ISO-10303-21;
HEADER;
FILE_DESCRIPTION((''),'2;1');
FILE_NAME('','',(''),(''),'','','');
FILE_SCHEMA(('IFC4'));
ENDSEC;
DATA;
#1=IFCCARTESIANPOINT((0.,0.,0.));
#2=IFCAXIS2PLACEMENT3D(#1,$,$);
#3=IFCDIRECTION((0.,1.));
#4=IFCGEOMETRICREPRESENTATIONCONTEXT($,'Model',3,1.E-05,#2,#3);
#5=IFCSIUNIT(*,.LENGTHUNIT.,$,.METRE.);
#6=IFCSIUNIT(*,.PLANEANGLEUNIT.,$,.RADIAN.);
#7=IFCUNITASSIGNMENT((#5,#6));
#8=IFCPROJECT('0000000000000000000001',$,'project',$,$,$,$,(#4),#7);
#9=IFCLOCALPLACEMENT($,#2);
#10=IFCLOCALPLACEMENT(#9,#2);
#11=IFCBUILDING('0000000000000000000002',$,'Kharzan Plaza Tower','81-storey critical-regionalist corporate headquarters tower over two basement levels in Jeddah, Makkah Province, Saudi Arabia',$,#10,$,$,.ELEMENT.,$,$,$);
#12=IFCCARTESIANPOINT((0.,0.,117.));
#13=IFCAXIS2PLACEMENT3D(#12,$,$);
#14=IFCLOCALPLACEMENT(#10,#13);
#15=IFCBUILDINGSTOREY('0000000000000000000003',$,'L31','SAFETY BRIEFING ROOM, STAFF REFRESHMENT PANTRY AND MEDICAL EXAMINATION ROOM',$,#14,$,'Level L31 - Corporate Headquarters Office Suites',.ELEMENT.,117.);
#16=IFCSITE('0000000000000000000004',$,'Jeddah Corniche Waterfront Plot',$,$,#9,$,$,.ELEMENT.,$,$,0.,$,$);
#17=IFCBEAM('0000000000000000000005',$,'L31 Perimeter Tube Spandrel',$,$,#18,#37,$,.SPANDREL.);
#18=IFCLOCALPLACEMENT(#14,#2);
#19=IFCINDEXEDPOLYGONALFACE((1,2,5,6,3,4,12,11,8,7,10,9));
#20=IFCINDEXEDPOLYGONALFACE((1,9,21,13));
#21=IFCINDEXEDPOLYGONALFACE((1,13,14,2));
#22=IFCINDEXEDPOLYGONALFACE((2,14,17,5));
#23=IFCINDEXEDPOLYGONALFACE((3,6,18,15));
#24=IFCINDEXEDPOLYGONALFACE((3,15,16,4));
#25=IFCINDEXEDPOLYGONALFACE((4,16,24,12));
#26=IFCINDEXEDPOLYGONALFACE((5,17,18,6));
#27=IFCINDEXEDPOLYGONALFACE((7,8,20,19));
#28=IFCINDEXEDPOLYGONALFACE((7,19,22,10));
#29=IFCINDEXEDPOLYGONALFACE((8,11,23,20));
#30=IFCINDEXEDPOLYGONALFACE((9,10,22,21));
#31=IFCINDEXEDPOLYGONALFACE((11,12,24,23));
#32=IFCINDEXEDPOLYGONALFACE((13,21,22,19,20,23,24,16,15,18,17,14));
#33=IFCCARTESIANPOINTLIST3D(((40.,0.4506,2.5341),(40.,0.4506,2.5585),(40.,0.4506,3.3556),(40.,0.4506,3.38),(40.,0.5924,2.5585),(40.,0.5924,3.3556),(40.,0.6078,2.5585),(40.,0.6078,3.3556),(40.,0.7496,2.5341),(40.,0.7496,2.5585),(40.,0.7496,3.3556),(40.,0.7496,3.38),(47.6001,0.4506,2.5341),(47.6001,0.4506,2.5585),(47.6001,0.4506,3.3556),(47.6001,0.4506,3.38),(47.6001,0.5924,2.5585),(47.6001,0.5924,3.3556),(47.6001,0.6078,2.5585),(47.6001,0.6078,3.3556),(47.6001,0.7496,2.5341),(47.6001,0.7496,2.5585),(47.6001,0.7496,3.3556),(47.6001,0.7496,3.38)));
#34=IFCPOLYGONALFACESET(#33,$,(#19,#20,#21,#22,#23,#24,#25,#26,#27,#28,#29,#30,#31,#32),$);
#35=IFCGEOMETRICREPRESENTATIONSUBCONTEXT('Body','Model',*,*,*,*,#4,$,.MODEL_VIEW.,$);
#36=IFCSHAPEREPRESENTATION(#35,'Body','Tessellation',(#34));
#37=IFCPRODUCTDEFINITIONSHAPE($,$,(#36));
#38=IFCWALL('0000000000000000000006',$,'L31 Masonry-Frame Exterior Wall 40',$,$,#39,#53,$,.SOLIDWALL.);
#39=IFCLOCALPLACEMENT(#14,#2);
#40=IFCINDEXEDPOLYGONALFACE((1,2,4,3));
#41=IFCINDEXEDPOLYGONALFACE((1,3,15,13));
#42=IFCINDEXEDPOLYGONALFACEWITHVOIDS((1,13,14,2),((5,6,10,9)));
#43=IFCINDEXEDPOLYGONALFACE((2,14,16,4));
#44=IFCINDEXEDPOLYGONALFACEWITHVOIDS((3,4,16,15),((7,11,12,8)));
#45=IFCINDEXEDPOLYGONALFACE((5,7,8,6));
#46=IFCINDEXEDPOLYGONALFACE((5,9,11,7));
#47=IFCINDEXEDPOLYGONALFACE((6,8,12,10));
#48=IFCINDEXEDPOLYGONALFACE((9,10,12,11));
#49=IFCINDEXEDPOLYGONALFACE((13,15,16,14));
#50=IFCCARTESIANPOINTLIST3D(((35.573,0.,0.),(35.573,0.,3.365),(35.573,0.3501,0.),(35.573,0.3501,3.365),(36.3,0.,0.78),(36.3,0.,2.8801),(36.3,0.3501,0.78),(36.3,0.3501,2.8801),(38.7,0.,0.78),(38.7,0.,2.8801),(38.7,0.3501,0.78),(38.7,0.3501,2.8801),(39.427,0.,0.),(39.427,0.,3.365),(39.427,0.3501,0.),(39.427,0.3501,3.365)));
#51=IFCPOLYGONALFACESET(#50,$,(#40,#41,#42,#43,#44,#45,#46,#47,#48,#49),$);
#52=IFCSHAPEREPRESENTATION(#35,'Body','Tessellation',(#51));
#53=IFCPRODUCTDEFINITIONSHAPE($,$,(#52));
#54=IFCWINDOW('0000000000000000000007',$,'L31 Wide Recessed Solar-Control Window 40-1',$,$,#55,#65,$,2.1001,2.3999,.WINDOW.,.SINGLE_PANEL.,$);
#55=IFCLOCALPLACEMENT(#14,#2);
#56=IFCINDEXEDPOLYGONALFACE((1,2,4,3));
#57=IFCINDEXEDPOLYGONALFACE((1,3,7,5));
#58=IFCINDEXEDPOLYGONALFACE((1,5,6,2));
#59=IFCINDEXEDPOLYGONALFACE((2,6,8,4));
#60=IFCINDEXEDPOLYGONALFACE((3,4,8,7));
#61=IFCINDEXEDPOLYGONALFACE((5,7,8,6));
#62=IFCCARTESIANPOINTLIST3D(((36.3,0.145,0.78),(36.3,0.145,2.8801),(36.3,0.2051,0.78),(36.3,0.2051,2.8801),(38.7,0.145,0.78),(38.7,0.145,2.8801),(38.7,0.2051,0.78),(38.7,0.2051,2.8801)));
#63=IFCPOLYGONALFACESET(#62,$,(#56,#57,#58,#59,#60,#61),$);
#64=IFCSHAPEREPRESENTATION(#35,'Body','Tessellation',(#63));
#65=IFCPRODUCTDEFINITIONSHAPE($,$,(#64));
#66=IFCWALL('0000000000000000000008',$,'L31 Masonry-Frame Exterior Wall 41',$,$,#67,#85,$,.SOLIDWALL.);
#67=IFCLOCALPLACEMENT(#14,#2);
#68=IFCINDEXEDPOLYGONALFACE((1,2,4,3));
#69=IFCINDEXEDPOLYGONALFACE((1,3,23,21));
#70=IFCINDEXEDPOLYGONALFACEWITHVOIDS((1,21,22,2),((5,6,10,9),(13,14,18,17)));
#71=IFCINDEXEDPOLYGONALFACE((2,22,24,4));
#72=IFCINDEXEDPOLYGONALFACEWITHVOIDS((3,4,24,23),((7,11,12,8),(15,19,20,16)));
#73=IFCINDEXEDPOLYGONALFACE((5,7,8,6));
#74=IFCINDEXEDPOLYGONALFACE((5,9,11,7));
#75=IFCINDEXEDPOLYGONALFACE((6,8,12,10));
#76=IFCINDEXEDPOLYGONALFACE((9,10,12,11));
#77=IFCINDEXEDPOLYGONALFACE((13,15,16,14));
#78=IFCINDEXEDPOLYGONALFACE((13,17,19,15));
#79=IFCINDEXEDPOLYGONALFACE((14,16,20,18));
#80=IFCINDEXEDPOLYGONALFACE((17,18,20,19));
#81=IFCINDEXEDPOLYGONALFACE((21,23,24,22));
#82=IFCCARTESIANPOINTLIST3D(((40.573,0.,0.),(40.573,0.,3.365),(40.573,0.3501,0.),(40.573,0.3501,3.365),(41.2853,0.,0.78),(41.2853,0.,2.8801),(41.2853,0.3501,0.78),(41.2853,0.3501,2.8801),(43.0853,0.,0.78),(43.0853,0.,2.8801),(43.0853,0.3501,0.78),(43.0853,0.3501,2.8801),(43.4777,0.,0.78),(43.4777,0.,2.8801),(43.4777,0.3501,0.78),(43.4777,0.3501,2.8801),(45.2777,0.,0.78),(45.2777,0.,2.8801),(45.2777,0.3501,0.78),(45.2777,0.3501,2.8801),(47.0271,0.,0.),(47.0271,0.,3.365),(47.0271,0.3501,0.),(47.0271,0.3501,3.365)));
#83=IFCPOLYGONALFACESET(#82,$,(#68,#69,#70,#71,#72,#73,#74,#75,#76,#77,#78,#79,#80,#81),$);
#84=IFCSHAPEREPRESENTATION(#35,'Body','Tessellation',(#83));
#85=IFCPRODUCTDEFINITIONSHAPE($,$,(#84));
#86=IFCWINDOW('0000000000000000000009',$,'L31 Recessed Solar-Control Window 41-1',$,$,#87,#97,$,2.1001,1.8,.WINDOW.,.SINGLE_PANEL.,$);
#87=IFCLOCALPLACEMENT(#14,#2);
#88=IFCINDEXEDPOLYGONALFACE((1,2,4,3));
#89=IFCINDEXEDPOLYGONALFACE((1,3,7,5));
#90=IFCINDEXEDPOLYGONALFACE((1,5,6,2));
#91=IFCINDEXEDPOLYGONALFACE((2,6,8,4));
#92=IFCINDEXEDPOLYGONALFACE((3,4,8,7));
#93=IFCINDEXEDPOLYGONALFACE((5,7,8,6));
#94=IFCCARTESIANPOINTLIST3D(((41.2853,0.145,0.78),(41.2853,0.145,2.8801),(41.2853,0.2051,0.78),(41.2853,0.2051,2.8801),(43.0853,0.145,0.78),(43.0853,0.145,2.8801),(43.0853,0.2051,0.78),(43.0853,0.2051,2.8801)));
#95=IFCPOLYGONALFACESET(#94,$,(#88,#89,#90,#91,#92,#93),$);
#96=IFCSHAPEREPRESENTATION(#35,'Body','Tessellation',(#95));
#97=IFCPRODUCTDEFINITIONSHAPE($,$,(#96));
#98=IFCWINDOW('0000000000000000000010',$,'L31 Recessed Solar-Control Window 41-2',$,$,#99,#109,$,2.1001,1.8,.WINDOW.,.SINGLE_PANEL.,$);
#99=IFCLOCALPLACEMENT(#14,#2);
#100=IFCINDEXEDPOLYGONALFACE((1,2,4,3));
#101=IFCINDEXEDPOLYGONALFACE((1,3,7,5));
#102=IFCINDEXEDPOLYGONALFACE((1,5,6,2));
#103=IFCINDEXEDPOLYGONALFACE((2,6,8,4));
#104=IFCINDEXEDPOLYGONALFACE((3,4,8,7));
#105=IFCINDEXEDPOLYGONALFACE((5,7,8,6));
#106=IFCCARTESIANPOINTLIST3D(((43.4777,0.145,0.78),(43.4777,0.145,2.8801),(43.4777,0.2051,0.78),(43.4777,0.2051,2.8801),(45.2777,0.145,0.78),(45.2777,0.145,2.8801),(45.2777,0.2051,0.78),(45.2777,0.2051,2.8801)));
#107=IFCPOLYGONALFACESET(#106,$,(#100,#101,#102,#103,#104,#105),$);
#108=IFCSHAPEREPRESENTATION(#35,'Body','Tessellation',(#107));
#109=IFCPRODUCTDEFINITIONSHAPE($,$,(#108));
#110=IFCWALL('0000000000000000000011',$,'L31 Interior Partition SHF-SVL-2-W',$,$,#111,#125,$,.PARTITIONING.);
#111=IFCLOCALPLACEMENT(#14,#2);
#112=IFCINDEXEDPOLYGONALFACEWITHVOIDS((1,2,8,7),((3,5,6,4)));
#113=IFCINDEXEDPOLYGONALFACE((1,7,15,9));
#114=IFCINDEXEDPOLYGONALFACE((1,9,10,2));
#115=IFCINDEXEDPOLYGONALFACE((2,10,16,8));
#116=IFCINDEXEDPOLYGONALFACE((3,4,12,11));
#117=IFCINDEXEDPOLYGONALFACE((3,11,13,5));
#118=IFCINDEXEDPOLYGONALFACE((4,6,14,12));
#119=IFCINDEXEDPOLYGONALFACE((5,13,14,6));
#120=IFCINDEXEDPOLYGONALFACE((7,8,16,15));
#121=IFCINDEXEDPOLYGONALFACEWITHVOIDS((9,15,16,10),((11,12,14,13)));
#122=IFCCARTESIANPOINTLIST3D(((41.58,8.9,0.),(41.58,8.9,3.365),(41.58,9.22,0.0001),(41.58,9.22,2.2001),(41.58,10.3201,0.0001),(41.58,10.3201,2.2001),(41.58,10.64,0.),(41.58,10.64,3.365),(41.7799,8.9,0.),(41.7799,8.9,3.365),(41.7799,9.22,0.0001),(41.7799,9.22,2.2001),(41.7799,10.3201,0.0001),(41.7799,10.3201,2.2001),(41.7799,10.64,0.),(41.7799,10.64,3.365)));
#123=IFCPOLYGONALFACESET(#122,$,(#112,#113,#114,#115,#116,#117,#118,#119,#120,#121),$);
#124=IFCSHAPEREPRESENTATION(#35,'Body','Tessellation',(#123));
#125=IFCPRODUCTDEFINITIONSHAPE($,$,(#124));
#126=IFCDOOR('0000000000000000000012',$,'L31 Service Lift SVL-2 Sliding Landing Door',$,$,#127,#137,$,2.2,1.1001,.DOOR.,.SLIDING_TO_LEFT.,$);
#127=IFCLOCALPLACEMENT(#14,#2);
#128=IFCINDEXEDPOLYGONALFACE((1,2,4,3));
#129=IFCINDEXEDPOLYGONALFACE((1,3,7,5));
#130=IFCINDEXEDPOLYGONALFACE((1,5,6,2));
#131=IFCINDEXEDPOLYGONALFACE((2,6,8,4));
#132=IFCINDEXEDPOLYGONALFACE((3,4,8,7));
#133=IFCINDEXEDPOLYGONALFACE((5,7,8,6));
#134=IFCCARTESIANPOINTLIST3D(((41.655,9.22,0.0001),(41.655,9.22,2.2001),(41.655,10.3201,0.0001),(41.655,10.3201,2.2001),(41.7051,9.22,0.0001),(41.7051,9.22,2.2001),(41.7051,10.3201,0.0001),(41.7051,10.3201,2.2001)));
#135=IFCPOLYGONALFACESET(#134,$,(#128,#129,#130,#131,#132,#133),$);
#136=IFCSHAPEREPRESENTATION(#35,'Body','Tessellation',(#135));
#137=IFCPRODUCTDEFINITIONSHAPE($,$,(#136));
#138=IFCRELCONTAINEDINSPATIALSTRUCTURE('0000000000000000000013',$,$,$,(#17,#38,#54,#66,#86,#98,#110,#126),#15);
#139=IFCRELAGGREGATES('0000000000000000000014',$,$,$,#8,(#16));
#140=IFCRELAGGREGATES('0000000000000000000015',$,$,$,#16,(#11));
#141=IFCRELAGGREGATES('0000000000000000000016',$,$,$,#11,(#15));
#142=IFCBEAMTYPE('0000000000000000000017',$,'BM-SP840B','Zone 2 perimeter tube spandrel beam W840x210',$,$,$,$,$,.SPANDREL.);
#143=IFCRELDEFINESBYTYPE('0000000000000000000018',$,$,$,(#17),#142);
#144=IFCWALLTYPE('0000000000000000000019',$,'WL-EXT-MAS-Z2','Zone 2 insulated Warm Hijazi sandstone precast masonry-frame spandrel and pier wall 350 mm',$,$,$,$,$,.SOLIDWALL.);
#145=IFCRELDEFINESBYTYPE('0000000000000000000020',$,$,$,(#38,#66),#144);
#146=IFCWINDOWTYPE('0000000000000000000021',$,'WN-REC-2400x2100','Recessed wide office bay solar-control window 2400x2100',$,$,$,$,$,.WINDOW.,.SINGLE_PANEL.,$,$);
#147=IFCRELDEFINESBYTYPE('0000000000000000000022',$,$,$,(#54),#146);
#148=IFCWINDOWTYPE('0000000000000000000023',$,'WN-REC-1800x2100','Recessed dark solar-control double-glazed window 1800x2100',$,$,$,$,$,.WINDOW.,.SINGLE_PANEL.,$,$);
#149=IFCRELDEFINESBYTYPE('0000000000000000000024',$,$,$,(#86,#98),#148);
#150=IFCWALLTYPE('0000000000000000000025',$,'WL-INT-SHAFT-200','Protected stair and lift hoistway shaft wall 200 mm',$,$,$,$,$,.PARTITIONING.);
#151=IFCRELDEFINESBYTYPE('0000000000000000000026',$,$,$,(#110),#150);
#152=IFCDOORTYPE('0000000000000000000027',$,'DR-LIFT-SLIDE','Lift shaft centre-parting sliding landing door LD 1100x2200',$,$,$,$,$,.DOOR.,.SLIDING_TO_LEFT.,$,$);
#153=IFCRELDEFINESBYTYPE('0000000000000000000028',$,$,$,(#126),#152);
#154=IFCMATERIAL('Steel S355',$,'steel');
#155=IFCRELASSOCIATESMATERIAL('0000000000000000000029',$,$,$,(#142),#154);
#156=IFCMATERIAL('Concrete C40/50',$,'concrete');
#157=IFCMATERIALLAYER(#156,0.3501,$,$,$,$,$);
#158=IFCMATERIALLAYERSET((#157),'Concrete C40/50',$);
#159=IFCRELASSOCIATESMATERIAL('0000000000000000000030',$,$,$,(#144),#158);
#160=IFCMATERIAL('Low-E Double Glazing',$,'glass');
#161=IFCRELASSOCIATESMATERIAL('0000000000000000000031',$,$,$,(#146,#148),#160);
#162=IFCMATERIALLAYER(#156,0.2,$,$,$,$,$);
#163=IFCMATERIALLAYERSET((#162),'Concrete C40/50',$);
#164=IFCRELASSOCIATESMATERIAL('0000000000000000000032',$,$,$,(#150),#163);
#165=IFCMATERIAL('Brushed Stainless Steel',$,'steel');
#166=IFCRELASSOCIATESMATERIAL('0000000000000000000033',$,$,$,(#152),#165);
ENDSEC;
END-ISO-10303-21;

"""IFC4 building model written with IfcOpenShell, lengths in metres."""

from ifc_helpers import new_model, si_unit, direction, frame, frame_2d, origin, origin_2d, place, context, subcontext, project, spatial, rectangle, i_section, extrude, source, transform, mapped, material, layer, layer_set, material_profile, profile_set, type_object, element, fill, save


model = new_model("IFC4")

# Units and contexts
model_context = context("Model", 3, precision=1e-05, world=origin(), true_north=direction((0.0, 1.0)))
body_context = subcontext(model_context, "Body", "Model", "MODEL_VIEW")
ifc_project = project(units=[si_unit("LENGTHUNIT", "METRE"), si_unit("PLANEANGLEUNIT", "RADIAN")], contexts=[model_context])

# Site, building, storey
site_placement = place(None, origin())
site = spatial("IfcSite", under=ifc_project, at=site_placement, Name="Jeddah Corniche Waterfront Plot", CompositionType="ELEMENT", RefElevation=0.0)
building_placement = place(site_placement, origin())
building = spatial("IfcBuilding", under=site, at=building_placement, Name="Kharzan Plaza Tower", Description="81-storey critical-regionalist corporate headquarters tower over two basement levels in Jeddah, Makkah Province, Saudi Arabia", CompositionType="ELEMENT")
storey_placement = place(building_placement, frame((0.0, 0.0, 117.0)))
storey = spatial("IfcBuildingStorey", under=building, at=storey_placement, Name="L31", Description="SAFETY BRIEFING ROOM, STAFF REFRESHMENT PANTRY AND MEDICAL EXAMINATION ROOM", LongName="Level L31 - Corporate Headquarters Office Suites", CompositionType="ELEMENT", Elevation=117.0)

# Beam
ifc_material_1 = material(Name="Steel S355", Category="steel")
ifc_material_profile_1 = material_profile(ifc_material_1, i_section(OverallWidth=0.2991, OverallDepth=0.8459, WebThickness=0.0154, FlangeThickness=0.0244, at=origin_2d()), Name="W840x210")
ifc_profile_set_1 = profile_set([ifc_material_profile_1], Name="Steel S355")
beam_type_1 = type_object("IfcBeamType", Name="BM-SP840B", Description="Zone 2 perimeter tube spandrel beam W840x210", PredefinedType="SPANDREL", material=ifc_profile_set_1)
shared_shape_1 = source(origin(), body_context, "Body", "SweptSolid", [
    extrude(i_section(OverallWidth=0.2991, OverallDepth=0.8459, WebThickness=0.0154, FlangeThickness=0.0244, at=origin_2d()), origin(), (0.0, 0.0, 1.0), 7.6001),
])
beam_1_placement = place(storey_placement, frame((40.0, 0.6001, 2.957), z_axis=(1.0, 0.0, 0.0), x_axis=(0.0, 1.0, 0.0)))
element("IfcBeam", 1, at=beam_1_placement, inside=storey, type_object=beam_type_1, Name="L31 Perimeter Tube Spandrel", PredefinedType="SPANDREL", context=body_context, shape_type="MappedRepresentation", body=[
    mapped(shared_shape_1, transform((0.0, 0.0, 0.0), x_axis=(1.0, 0.0, 0.0), y_axis=(0.0, 1.0, 0.0), z_axis=(0.0, 0.0, 1.0))),
])

# Wall, opening, window
ifc_material_2 = material(Name="Concrete C40/50", Category="concrete")
ifc_layer_1 = layer(ifc_material_2, 0.3501)
ifc_layer_set_1 = layer_set([ifc_layer_1], Name="Concrete C40/50")
wall_type_1 = type_object("IfcWallType", Name="WL-EXT-MAS-Z2", Description="Zone 2 insulated Warm Hijazi sandstone precast masonry-frame spandrel and pier wall 350 mm", PredefinedType="SOLIDWALL", material=ifc_layer_set_1)
wall_1_placement = place(storey_placement, frame((35.573, 0.175, 0.0), z_axis=(0.0, 0.0, 1.0), x_axis=(1.0, 0.0, 0.0)))
wall_1 = element("IfcWall", 2, at=wall_1_placement, inside=storey, type_object=wall_type_1, Name="L31 Masonry-Frame Exterior Wall 40", PredefinedType="SOLIDWALL", context=body_context, shape_type="SweptSolid", body=[
    extrude(rectangle(XDim=3.854, YDim=0.3501, at=frame_2d((1.927, 0.0))), origin(), (0.0, 0.0, 1.0), 3.365),
])
opening_1_placement = place(wall_1_placement, frame((0.7271, 0.0, 0.78)))
opening_1 = element("IfcOpeningElement", 3, at=opening_1_placement, cuts=wall_1, PredefinedType="OPENING", context=body_context, shape_type="SweptSolid", body=[
    extrude(rectangle(XDim=2.3999, YDim=2.1001, at=frame_2d((1.2, 1.05))), frame((0.0, 0.1851, 0.0), z_axis=(0.0, -1.0, 0.0), x_axis=(1.0, 0.0, 0.0)), (0.0, 0.0, 1.0), 0.3701),
])
ifc_material_3 = material(Name="Low-E Double Glazing", Category="glass")
window_type_1 = type_object("IfcWindowType", Name="WN-REC-2400x2100", Description="Recessed wide office bay solar-control window 2400x2100", PartitioningType="SINGLE_PANEL", PredefinedType="WINDOW", material=ifc_material_3)
shared_shape_2 = source(origin(), body_context, "Body", "SweptSolid", [
    extrude(rectangle(XDim=2.3999, YDim=2.1001, at=frame_2d((1.2, 1.05))), frame((0.0, 0.03, 0.0), z_axis=(0.0, -1.0, 0.0), x_axis=(1.0, 0.0, 0.0)), (0.0, 0.0, 1.0), 0.0601),
])
window_1_placement = place(opening_1_placement, origin())
window_1 = element("IfcWindow", 4, at=window_1_placement, inside=storey, type_object=window_type_1, Name="L31 Wide Recessed Solar-Control Window 40-1", OverallHeight=2.1001, OverallWidth=2.3999, PartitioningType="SINGLE_PANEL", PredefinedType="WINDOW", context=body_context, shape_type="MappedRepresentation", body=[
    mapped(shared_shape_2, transform((0.0, 0.0, 0.0), x_axis=(1.0, 0.0, 0.0), y_axis=(0.0, 1.0, 0.0), z_axis=(0.0, 0.0, 1.0))),
])
fill(opening_1, window_1)

# Wall, openings, windows
wall_2_placement = place(storey_placement, frame((40.573, 0.175, 0.0), z_axis=(0.0, 0.0, 1.0), x_axis=(1.0, 0.0, 0.0)))
wall_2 = element("IfcWall", 5, at=wall_2_placement, inside=storey, type_object=wall_type_1, Name="L31 Masonry-Frame Exterior Wall 41", PredefinedType="SOLIDWALL", context=body_context, shape_type="SweptSolid", body=[
    extrude(rectangle(XDim=6.4541, YDim=0.3501, at=frame_2d((3.2271, 0.0))), origin(), (0.0, 0.0, 1.0), 3.365),
])
opening_2_placement = place(wall_2_placement, frame((0.7124, 0.0, 0.78)))
opening_2 = element("IfcOpeningElement", 6, at=opening_2_placement, cuts=wall_2, PredefinedType="OPENING", context=body_context, shape_type="SweptSolid", body=[
    extrude(rectangle(XDim=1.8, YDim=2.1001, at=frame_2d((0.8999, 1.05))), frame((0.0, 0.1851, 0.0), z_axis=(0.0, -1.0, 0.0), x_axis=(1.0, 0.0, 0.0)), (0.0, 0.0, 1.0), 0.3701),
])
opening_3_placement = place(wall_2_placement, frame((2.9048, 0.0, 0.78)))
opening_3 = element("IfcOpeningElement", 7, at=opening_3_placement, cuts=wall_2, PredefinedType="OPENING", context=body_context, shape_type="SweptSolid", body=[
    extrude(rectangle(XDim=1.8, YDim=2.1001, at=frame_2d((0.8999, 1.05))), frame((0.0, 0.1851, 0.0), z_axis=(0.0, -1.0, 0.0), x_axis=(1.0, 0.0, 0.0)), (0.0, 0.0, 1.0), 0.3701),
])
window_type_2 = type_object("IfcWindowType", Name="WN-REC-1800x2100", Description="Recessed dark solar-control double-glazed window 1800x2100", PartitioningType="SINGLE_PANEL", PredefinedType="WINDOW", material=ifc_material_3)
shared_shape_3 = source(origin(), body_context, "Body", "SweptSolid", [
    extrude(rectangle(XDim=1.8, YDim=2.1001, at=frame_2d((0.8999, 1.05))), frame((0.0, 0.03, 0.0), z_axis=(0.0, -1.0, 0.0), x_axis=(1.0, 0.0, 0.0)), (0.0, 0.0, 1.0), 0.0601),
])
window_2_placement = place(opening_2_placement, origin())
window_2 = element("IfcWindow", 8, at=window_2_placement, inside=storey, type_object=window_type_2, Name="L31 Recessed Solar-Control Window 41-1", OverallHeight=2.1001, OverallWidth=1.8, PartitioningType="SINGLE_PANEL", PredefinedType="WINDOW", context=body_context, shape_type="MappedRepresentation", body=[
    mapped(shared_shape_3, transform((0.0, 0.0, 0.0), x_axis=(1.0, 0.0, 0.0), y_axis=(0.0, 1.0, 0.0), z_axis=(0.0, 0.0, 1.0))),
])
fill(opening_2, window_2)
window_3_placement = place(opening_3_placement, origin())
window_3 = element("IfcWindow", 9, at=window_3_placement, inside=storey, type_object=window_type_2, Name="L31 Recessed Solar-Control Window 41-2", OverallHeight=2.1001, OverallWidth=1.8, PartitioningType="SINGLE_PANEL", PredefinedType="WINDOW", context=body_context, shape_type="MappedRepresentation", body=[
    mapped(shared_shape_3, transform((0.0, 0.0, 0.0), x_axis=(1.0, 0.0, 0.0), y_axis=(0.0, 1.0, 0.0), z_axis=(0.0, 0.0, 1.0))),
])
fill(opening_3, window_3)

# Wall, opening, door
ifc_layer_2 = layer(ifc_material_2, 0.2)
ifc_layer_set_2 = layer_set([ifc_layer_2], Name="Concrete C40/50")
wall_type_2 = type_object("IfcWallType", Name="WL-INT-SHAFT-200", Description="Protected stair and lift hoistway shaft wall 200 mm", PredefinedType="PARTITIONING", material=ifc_layer_set_2)
wall_3_placement = place(storey_placement, frame((41.6799, 8.8999, 0.0), z_axis=(0.0, 0.0, 1.0), x_axis=(0.0, 1.0, 0.0)))
wall_3 = element("IfcWall", 10, at=wall_3_placement, inside=storey, type_object=wall_type_2, Name="L31 Interior Partition SHF-SVL-2-W", PredefinedType="PARTITIONING", context=body_context, shape_type="SweptSolid", body=[
    extrude(rectangle(XDim=1.74, YDim=0.2, at=frame_2d((0.8701, 0.0))), origin(), (0.0, 0.0, 1.0), 3.365),
])
opening_4_placement = place(wall_3_placement, frame((0.3201, 0.0, 0.0)))
opening_4 = element("IfcOpeningElement", 11, at=opening_4_placement, cuts=wall_3, PredefinedType="OPENING", context=body_context, shape_type="SweptSolid", body=[
    extrude(rectangle(XDim=1.1001, YDim=2.2, at=frame_2d((0.55, 1.1001))), frame((0.0, 0.1099, 0.0), z_axis=(0.0, -1.0, 0.0), x_axis=(1.0, 0.0, 0.0)), (0.0, 0.0, 1.0), 0.22),
])
ifc_material_4 = material(Name="Brushed Stainless Steel", Category="steel")
door_type_1 = type_object("IfcDoorType", Name="DR-LIFT-SLIDE", Description="Lift shaft centre-parting sliding landing door LD 1100x2200", OperationType="SLIDING_TO_LEFT", PredefinedType="DOOR", material=ifc_material_4)
shared_shape_4 = source(origin(), body_context, "Body", "SweptSolid", [
    extrude(rectangle(XDim=1.1001, YDim=2.2, at=frame_2d((0.55, 1.1001))), frame((0.0, 0.0249, 0.0), z_axis=(0.0, -1.0, 0.0), x_axis=(1.0, 0.0, 0.0)), (0.0, 0.0, 1.0), 0.05),
])
door_1_placement = place(opening_4_placement, origin())
door_1 = element("IfcDoor", 12, at=door_1_placement, inside=storey, type_object=door_type_1, Name="L31 Service Lift SVL-2 Sliding Landing Door", OperationType="SLIDING_TO_LEFT", OverallHeight=2.2, OverallWidth=1.1001, PredefinedType="DOOR", context=body_context, shape_type="MappedRepresentation", body=[
    mapped(shared_shape_4, transform((0.0, 0.0, 0.0), x_axis=(1.0, 0.0, 0.0), y_axis=(0.0, 1.0, 0.0), z_axis=(0.0, 0.0, 1.0))),
])
fill(opening_4, door_1)

save(model, "model.ifc")
